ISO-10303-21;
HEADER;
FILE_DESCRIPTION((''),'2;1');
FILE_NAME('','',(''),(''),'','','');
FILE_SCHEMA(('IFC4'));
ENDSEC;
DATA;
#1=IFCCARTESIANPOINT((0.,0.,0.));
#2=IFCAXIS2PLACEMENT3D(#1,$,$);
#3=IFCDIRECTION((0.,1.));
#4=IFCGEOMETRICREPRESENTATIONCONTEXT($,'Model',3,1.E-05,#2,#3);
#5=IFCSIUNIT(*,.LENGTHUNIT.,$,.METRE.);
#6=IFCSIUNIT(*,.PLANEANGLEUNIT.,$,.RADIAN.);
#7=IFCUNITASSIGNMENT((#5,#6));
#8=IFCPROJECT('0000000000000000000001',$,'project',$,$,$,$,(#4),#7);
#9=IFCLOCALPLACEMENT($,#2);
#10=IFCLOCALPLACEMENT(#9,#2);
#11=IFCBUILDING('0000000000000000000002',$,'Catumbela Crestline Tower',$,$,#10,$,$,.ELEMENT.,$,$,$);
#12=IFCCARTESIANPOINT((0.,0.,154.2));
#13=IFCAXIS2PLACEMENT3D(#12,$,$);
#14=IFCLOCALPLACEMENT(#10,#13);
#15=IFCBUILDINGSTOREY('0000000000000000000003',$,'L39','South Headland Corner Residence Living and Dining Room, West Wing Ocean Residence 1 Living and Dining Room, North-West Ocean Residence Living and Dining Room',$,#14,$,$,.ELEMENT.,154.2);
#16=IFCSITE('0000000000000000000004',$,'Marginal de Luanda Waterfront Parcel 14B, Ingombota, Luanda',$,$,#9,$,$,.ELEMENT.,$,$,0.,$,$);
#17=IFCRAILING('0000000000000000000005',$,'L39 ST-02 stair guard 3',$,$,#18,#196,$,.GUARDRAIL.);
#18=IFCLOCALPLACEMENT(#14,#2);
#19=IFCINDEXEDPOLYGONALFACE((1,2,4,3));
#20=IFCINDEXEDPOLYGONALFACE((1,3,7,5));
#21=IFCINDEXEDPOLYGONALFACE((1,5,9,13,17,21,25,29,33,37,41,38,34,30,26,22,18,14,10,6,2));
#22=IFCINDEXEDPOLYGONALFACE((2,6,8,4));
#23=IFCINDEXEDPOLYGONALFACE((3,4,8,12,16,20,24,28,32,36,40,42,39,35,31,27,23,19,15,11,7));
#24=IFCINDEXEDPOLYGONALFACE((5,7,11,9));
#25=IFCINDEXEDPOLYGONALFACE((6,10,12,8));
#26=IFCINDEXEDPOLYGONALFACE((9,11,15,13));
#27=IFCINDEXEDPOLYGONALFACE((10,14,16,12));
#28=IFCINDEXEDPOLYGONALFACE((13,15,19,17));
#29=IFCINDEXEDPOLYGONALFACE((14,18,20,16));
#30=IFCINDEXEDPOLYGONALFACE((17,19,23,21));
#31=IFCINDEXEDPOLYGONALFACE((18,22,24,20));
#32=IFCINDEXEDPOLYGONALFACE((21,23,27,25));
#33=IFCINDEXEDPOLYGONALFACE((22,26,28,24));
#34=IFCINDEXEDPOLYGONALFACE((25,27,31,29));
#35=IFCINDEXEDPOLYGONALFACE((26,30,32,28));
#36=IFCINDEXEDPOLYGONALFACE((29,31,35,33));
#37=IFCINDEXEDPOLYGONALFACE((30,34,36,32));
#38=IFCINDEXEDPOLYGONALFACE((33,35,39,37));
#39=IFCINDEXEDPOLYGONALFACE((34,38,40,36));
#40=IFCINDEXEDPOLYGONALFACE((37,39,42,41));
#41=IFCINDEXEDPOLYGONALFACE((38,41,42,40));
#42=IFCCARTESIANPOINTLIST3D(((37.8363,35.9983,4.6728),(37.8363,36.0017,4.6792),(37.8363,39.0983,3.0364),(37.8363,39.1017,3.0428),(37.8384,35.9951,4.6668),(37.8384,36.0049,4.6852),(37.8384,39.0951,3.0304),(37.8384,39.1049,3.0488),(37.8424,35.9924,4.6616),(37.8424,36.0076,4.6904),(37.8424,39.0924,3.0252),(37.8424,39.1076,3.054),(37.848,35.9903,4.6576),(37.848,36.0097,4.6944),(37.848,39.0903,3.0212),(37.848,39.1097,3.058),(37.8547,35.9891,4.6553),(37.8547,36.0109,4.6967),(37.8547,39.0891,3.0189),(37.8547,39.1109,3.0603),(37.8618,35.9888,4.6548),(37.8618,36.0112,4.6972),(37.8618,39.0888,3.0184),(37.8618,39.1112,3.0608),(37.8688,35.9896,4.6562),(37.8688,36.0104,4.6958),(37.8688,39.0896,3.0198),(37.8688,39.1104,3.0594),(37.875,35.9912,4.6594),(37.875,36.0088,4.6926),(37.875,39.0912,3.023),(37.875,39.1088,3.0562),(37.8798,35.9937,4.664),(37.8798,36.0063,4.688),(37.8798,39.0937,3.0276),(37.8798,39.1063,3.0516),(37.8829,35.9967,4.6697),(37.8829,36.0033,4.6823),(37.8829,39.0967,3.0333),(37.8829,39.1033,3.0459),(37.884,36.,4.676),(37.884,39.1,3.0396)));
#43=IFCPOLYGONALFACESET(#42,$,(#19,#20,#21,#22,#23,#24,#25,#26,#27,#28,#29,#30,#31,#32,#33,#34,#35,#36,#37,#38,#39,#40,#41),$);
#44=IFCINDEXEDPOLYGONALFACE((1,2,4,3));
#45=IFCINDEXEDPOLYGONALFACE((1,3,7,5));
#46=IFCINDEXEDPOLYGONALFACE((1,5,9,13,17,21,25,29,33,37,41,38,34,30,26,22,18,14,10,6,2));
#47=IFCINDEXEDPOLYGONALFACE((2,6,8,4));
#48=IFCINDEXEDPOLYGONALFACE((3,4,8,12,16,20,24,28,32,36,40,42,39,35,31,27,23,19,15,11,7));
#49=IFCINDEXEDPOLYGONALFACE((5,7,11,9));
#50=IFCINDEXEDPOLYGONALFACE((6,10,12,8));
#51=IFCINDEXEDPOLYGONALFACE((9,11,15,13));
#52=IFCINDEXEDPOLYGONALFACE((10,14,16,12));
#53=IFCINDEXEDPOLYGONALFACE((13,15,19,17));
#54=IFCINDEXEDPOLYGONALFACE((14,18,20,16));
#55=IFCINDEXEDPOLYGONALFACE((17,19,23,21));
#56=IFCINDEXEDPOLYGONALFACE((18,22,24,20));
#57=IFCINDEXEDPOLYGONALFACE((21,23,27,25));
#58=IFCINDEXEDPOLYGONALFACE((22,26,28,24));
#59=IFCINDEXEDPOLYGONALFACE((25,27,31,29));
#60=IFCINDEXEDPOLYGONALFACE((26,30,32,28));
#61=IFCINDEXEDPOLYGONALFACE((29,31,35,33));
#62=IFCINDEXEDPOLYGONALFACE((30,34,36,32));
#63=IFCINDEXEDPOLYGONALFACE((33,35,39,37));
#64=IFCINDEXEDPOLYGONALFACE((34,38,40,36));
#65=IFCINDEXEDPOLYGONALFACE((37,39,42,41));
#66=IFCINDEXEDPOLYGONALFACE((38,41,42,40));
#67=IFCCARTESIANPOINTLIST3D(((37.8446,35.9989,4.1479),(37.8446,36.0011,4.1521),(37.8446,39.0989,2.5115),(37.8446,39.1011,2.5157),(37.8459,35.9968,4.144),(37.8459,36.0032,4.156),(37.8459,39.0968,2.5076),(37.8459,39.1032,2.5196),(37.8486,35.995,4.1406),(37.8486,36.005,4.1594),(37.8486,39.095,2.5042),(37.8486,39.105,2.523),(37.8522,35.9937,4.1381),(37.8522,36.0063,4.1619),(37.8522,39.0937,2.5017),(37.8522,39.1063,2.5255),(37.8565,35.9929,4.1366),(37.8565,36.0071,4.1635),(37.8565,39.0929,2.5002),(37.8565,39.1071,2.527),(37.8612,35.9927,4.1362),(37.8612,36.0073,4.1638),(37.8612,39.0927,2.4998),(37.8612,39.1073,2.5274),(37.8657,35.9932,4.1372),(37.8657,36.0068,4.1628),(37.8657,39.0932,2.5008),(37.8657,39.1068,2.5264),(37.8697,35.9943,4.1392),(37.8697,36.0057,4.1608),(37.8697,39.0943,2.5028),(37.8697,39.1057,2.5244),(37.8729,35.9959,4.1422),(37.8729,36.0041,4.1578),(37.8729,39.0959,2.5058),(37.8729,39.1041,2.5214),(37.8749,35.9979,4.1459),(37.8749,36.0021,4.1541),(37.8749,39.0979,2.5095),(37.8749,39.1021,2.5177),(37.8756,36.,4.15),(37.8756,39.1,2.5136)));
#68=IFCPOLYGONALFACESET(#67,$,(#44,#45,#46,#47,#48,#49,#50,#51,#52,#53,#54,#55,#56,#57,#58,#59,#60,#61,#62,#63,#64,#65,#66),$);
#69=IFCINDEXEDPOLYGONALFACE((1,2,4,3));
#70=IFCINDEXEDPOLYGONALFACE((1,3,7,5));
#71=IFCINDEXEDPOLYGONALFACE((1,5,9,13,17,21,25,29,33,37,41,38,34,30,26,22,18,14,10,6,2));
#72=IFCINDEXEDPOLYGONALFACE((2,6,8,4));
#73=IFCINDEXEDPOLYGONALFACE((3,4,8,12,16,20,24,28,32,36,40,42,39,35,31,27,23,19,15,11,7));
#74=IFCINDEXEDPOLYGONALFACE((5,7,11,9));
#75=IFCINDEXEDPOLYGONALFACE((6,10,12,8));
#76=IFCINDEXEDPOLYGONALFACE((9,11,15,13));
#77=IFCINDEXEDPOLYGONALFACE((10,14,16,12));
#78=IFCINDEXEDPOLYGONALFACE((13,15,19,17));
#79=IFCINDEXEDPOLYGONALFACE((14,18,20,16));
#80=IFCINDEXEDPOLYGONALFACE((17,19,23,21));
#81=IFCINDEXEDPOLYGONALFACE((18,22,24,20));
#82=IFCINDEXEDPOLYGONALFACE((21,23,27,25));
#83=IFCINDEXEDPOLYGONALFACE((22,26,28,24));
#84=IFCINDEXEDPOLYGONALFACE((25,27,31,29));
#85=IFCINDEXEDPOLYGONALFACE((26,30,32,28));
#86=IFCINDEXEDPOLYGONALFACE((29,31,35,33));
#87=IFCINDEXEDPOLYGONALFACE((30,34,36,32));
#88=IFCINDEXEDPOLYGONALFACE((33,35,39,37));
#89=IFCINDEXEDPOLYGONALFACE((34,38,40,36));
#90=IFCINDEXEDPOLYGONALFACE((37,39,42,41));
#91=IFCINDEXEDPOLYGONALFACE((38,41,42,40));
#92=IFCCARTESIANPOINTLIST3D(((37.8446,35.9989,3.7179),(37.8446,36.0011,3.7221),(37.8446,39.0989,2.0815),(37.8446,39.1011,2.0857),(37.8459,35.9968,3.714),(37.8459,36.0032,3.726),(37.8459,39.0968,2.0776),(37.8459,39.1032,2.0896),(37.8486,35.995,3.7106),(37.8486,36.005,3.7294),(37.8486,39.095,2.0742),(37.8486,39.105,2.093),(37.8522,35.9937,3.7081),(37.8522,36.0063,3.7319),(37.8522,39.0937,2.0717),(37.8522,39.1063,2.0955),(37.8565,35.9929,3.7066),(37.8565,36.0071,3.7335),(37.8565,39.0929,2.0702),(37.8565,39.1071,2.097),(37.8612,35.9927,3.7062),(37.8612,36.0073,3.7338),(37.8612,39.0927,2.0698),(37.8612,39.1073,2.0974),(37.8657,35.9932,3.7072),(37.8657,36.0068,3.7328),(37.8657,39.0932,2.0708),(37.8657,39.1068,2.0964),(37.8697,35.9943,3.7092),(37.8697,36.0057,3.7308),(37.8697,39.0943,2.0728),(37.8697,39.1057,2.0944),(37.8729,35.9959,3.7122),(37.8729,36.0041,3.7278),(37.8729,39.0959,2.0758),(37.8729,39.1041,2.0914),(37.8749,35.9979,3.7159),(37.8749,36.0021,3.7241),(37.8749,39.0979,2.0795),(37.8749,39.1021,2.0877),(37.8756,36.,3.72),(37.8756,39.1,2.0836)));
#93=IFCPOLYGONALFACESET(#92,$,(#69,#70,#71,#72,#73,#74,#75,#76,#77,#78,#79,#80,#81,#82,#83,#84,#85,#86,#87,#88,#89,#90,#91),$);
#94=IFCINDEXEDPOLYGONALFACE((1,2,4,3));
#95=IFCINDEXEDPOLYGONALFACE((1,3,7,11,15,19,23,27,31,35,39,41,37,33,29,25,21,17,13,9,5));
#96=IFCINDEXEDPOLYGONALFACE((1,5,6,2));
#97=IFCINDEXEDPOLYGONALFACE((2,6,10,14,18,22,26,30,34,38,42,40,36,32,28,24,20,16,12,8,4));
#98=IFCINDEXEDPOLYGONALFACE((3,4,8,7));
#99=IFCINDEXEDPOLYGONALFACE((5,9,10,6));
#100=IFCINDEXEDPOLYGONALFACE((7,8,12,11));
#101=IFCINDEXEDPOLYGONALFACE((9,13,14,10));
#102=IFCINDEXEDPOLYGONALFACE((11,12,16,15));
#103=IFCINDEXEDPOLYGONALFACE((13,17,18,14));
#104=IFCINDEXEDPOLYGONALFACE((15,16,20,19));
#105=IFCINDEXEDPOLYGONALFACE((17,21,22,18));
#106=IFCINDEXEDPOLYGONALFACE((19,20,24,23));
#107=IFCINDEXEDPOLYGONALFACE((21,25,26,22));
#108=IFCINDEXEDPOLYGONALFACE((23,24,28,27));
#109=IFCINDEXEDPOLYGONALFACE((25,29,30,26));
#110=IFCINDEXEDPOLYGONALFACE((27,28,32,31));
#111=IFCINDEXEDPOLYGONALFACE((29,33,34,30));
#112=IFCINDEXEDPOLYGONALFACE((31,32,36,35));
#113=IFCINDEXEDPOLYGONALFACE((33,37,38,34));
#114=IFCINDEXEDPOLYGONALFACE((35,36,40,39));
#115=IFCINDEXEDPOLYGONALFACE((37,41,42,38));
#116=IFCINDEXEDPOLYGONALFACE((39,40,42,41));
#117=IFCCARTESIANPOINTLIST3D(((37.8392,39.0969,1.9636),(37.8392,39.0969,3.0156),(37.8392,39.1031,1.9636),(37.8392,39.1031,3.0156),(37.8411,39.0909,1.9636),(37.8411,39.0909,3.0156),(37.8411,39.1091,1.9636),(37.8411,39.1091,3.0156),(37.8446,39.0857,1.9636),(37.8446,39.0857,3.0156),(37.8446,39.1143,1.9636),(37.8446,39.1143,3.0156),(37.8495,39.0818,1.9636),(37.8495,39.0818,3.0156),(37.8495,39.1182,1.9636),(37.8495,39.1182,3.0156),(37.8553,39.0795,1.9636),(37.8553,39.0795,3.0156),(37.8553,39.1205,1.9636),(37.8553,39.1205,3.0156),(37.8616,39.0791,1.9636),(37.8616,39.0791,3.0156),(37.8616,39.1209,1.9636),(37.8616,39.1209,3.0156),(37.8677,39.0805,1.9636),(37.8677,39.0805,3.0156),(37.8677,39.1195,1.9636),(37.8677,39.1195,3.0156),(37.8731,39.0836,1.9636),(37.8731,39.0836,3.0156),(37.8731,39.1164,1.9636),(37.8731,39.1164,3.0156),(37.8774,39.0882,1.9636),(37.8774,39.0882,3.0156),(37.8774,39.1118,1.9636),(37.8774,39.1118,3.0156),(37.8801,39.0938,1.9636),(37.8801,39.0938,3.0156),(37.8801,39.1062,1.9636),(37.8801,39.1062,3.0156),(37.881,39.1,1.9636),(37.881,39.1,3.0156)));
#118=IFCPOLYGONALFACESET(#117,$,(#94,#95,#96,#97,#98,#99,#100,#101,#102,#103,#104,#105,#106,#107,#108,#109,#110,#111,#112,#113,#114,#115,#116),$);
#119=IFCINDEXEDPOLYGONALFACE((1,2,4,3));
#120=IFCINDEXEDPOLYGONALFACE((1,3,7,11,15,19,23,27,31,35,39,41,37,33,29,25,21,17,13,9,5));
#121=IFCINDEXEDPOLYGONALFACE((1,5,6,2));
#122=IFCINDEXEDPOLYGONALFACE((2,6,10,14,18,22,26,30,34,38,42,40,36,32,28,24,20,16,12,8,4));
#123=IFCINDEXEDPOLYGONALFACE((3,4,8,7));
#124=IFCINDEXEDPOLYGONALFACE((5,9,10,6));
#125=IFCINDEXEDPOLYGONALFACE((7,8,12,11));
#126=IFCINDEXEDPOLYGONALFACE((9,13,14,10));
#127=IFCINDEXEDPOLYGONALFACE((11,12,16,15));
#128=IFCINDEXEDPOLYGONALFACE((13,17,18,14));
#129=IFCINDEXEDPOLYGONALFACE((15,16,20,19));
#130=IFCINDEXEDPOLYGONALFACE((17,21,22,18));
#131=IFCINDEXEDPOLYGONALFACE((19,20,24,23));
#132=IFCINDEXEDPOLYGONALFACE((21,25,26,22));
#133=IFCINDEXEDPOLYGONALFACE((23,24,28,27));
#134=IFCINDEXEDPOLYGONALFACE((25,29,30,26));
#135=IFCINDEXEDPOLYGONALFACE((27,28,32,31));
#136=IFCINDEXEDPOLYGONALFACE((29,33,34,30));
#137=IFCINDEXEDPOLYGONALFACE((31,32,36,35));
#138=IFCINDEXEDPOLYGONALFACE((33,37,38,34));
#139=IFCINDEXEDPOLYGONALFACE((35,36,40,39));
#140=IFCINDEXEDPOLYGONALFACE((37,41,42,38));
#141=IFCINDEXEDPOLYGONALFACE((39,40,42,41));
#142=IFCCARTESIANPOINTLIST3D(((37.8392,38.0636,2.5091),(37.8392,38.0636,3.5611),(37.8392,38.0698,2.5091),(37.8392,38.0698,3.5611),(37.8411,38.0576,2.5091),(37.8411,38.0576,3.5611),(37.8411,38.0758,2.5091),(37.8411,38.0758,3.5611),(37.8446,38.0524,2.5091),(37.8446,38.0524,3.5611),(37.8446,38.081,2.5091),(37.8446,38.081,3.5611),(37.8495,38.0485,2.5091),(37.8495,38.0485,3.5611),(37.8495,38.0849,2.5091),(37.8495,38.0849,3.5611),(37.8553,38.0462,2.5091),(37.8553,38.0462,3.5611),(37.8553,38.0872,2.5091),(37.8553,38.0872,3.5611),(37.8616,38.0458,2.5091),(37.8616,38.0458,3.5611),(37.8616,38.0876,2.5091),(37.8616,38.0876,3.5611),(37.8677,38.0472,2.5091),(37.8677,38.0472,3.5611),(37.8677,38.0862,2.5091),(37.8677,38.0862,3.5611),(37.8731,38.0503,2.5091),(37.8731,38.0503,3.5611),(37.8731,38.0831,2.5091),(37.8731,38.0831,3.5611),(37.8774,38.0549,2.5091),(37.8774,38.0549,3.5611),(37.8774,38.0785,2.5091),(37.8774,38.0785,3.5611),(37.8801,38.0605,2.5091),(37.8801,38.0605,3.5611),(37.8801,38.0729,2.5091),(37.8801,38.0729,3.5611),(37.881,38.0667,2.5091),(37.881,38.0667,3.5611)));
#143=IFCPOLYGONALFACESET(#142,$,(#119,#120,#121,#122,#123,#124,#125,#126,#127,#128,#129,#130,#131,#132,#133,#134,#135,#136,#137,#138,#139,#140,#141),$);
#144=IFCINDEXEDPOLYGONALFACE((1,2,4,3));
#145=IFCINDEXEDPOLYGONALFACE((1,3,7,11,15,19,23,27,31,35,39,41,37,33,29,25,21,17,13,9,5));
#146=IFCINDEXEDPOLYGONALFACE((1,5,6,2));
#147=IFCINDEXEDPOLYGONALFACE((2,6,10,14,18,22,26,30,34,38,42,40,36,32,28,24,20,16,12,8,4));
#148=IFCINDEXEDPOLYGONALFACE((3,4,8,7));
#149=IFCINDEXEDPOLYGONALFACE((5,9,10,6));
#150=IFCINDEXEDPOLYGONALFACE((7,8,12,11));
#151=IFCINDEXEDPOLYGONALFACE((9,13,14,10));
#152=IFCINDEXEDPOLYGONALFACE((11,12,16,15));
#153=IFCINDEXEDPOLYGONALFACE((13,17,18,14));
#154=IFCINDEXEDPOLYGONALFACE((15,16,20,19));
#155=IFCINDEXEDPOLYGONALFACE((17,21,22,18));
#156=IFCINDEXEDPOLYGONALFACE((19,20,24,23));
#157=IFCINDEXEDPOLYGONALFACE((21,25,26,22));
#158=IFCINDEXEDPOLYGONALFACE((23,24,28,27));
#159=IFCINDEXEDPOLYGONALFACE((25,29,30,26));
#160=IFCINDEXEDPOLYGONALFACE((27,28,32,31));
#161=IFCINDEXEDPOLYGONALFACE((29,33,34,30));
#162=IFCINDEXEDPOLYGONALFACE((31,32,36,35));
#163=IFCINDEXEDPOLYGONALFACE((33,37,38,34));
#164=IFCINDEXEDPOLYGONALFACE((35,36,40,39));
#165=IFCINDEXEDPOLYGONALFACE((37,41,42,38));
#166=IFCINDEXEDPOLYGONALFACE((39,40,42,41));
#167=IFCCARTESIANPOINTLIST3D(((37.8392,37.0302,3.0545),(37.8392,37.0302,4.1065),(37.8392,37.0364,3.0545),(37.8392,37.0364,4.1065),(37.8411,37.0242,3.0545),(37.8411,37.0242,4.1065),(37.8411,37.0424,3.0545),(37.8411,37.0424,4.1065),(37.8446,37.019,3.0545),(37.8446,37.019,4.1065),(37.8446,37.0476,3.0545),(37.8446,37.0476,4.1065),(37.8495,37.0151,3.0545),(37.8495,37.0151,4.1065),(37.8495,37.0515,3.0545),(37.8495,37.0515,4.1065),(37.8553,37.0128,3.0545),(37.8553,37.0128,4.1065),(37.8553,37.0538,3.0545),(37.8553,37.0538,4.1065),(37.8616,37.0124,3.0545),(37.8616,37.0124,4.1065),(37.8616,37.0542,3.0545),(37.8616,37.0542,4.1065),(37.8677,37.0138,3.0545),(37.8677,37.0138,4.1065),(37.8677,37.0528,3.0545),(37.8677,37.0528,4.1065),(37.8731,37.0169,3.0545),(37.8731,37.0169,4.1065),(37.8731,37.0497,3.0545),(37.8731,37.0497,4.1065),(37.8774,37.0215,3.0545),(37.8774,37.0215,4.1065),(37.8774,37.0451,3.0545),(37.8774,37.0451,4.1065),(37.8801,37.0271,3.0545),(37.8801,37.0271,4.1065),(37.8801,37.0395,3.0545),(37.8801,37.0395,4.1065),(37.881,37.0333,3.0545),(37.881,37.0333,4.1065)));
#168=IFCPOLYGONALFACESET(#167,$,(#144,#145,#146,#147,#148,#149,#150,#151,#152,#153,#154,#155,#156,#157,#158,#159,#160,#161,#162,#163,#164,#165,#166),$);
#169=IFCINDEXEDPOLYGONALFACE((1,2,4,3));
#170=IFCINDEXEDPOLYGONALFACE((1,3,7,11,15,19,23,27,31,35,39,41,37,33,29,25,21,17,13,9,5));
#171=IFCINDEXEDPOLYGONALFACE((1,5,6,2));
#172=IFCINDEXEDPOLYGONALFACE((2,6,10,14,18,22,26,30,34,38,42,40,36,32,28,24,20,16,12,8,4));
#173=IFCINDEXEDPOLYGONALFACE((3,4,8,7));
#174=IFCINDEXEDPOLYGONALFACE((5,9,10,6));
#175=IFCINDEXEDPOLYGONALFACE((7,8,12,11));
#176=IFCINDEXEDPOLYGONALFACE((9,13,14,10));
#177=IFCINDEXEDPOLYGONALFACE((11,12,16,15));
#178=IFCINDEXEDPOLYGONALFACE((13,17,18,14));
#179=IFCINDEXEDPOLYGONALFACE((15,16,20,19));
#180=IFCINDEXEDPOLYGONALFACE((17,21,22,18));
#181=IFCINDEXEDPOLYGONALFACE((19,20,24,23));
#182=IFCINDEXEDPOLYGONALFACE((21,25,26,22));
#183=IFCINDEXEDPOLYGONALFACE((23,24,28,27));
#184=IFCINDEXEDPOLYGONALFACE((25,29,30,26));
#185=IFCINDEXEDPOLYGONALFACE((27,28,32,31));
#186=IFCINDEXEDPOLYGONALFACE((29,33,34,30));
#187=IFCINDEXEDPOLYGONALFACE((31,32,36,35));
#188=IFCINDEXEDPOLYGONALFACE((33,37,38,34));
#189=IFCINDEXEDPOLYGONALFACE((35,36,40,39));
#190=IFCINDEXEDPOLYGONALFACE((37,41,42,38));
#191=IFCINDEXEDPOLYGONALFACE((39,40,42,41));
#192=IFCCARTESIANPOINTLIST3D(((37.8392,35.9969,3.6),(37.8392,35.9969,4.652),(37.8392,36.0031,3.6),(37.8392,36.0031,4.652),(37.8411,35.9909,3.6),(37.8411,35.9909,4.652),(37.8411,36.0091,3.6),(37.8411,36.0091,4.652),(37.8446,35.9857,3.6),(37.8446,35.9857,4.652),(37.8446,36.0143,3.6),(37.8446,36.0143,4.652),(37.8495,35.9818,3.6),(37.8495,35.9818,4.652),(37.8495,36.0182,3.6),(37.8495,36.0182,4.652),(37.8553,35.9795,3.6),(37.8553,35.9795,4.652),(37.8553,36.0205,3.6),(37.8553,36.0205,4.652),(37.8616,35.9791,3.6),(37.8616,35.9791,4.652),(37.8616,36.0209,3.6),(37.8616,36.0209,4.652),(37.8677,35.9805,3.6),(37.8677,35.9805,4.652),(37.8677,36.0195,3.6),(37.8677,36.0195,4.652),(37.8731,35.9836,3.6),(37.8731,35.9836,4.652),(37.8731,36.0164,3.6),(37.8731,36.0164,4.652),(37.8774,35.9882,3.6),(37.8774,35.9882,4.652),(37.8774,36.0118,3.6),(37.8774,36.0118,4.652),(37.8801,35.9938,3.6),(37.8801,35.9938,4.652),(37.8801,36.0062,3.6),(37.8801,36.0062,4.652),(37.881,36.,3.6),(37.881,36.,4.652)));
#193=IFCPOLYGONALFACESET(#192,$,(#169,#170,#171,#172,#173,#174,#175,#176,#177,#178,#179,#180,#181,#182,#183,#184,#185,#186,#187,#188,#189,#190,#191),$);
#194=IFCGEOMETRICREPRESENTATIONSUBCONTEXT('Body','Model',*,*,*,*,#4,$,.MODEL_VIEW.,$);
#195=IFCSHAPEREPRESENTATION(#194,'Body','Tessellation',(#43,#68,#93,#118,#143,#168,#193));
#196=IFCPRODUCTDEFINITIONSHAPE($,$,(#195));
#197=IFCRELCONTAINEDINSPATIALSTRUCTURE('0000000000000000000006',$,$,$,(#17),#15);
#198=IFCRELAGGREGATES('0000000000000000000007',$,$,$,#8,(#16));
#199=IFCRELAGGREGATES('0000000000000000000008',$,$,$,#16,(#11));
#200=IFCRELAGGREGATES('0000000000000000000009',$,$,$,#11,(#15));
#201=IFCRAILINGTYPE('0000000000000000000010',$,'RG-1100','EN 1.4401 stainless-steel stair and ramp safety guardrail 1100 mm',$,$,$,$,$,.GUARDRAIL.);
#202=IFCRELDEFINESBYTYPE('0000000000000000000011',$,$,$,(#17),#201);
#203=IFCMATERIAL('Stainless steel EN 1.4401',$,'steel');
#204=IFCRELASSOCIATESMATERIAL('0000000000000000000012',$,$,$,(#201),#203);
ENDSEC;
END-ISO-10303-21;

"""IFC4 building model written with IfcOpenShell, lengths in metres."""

from ifc_helpers import new_model, si_unit, direction, frame, origin, origin_2d, place, context, subcontext, project, spatial, circle, extrude, material, type_object, element, save


model = new_model("IFC4")

# Units and contexts
model_context = context("Model", 3, precision=1e-05, world=origin(), true_north=direction((0.0, 1.0)))
body_context = subcontext(model_context, "Body", "Model", "MODEL_VIEW")
ifc_project = project(units=[si_unit("LENGTHUNIT", "METRE"), si_unit("PLANEANGLEUNIT", "RADIAN")], contexts=[model_context])

# Site, building, storey
site_placement = place(None, origin())
site = spatial("IfcSite", under=ifc_project, at=site_placement, Name="Marginal de Luanda Waterfront Parcel 14B, Ingombota, Luanda", CompositionType="ELEMENT", RefElevation=0.0)
building_placement = place(site_placement, origin())
building = spatial("IfcBuilding", under=site, at=building_placement, Name="Catumbela Crestline Tower", CompositionType="ELEMENT")
storey_placement = place(building_placement, frame((0.0, 0.0, 154.2)))
storey = spatial("IfcBuildingStorey", under=building, at=storey_placement, Name="L39", Description="South Headland Corner Residence Living and Dining Room, West Wing Ocean Residence 1 Living and Dining Room, North-West Ocean Residence Living and Dining Room", CompositionType="ELEMENT", Elevation=154.2)

# Shared definitions
ifc_material_1 = material(Name="Stainless steel EN 1.4401", Category="steel")

# Railing
railing_type_1 = type_object("IfcRailingType", Name="RG-1100", Description="EN 1.4401 stainless-steel stair and ramp safety guardrail 1100 mm", PredefinedType="GUARDRAIL", material=ifc_material_1)
railing_1_placement = place(storey_placement, frame((37.86, 39.1, 1.9636)))
element("IfcRailing", 1, at=railing_1_placement, inside=storey, type_object=railing_type_1, Name="L39 ST-02 stair guard 3", PredefinedType="GUARDRAIL", context=body_context, shape_type="SweptSolid", body=[
    extrude(circle(Radius=0.024, at=origin_2d()), frame((0.0, 0.0, 1.076), z_axis=(0.0, -0.884351, 0.466823), x_axis=(1.0, 0.0, 0.0)), (0.0, 0.0, 1.0), 3.5054),
    extrude(circle(Radius=0.0156, at=origin_2d()), frame((0.0, 0.0, 0.55), z_axis=(0.0, -0.884351, 0.466823), x_axis=(1.0, 0.0, 0.0)), (0.0, 0.0, 1.0), 3.5054),
    extrude(circle(Radius=0.0156, at=origin_2d()), frame((0.0, 0.0, 0.12), z_axis=(0.0, -0.884351, 0.466823), x_axis=(1.0, 0.0, 0.0)), (0.0, 0.0, 1.0), 3.5054),
    extrude(circle(Radius=0.021, at=origin_2d()), origin(), (0.0, 0.0, 1.0), 1.052),
    extrude(circle(Radius=0.021, at=origin_2d()), frame((0.0, -1.0333, 0.5455)), (0.0, 0.0, 1.0), 1.052),
    extrude(circle(Radius=0.021, at=origin_2d()), frame((0.0, -2.0667, 1.0909)), (0.0, 0.0, 1.0), 1.052),
    extrude(circle(Radius=0.021, at=origin_2d()), frame((0.0, -3.1, 1.6364)), (0.0, 0.0, 1.0), 1.052),
])

save(model, "model.ifc")
